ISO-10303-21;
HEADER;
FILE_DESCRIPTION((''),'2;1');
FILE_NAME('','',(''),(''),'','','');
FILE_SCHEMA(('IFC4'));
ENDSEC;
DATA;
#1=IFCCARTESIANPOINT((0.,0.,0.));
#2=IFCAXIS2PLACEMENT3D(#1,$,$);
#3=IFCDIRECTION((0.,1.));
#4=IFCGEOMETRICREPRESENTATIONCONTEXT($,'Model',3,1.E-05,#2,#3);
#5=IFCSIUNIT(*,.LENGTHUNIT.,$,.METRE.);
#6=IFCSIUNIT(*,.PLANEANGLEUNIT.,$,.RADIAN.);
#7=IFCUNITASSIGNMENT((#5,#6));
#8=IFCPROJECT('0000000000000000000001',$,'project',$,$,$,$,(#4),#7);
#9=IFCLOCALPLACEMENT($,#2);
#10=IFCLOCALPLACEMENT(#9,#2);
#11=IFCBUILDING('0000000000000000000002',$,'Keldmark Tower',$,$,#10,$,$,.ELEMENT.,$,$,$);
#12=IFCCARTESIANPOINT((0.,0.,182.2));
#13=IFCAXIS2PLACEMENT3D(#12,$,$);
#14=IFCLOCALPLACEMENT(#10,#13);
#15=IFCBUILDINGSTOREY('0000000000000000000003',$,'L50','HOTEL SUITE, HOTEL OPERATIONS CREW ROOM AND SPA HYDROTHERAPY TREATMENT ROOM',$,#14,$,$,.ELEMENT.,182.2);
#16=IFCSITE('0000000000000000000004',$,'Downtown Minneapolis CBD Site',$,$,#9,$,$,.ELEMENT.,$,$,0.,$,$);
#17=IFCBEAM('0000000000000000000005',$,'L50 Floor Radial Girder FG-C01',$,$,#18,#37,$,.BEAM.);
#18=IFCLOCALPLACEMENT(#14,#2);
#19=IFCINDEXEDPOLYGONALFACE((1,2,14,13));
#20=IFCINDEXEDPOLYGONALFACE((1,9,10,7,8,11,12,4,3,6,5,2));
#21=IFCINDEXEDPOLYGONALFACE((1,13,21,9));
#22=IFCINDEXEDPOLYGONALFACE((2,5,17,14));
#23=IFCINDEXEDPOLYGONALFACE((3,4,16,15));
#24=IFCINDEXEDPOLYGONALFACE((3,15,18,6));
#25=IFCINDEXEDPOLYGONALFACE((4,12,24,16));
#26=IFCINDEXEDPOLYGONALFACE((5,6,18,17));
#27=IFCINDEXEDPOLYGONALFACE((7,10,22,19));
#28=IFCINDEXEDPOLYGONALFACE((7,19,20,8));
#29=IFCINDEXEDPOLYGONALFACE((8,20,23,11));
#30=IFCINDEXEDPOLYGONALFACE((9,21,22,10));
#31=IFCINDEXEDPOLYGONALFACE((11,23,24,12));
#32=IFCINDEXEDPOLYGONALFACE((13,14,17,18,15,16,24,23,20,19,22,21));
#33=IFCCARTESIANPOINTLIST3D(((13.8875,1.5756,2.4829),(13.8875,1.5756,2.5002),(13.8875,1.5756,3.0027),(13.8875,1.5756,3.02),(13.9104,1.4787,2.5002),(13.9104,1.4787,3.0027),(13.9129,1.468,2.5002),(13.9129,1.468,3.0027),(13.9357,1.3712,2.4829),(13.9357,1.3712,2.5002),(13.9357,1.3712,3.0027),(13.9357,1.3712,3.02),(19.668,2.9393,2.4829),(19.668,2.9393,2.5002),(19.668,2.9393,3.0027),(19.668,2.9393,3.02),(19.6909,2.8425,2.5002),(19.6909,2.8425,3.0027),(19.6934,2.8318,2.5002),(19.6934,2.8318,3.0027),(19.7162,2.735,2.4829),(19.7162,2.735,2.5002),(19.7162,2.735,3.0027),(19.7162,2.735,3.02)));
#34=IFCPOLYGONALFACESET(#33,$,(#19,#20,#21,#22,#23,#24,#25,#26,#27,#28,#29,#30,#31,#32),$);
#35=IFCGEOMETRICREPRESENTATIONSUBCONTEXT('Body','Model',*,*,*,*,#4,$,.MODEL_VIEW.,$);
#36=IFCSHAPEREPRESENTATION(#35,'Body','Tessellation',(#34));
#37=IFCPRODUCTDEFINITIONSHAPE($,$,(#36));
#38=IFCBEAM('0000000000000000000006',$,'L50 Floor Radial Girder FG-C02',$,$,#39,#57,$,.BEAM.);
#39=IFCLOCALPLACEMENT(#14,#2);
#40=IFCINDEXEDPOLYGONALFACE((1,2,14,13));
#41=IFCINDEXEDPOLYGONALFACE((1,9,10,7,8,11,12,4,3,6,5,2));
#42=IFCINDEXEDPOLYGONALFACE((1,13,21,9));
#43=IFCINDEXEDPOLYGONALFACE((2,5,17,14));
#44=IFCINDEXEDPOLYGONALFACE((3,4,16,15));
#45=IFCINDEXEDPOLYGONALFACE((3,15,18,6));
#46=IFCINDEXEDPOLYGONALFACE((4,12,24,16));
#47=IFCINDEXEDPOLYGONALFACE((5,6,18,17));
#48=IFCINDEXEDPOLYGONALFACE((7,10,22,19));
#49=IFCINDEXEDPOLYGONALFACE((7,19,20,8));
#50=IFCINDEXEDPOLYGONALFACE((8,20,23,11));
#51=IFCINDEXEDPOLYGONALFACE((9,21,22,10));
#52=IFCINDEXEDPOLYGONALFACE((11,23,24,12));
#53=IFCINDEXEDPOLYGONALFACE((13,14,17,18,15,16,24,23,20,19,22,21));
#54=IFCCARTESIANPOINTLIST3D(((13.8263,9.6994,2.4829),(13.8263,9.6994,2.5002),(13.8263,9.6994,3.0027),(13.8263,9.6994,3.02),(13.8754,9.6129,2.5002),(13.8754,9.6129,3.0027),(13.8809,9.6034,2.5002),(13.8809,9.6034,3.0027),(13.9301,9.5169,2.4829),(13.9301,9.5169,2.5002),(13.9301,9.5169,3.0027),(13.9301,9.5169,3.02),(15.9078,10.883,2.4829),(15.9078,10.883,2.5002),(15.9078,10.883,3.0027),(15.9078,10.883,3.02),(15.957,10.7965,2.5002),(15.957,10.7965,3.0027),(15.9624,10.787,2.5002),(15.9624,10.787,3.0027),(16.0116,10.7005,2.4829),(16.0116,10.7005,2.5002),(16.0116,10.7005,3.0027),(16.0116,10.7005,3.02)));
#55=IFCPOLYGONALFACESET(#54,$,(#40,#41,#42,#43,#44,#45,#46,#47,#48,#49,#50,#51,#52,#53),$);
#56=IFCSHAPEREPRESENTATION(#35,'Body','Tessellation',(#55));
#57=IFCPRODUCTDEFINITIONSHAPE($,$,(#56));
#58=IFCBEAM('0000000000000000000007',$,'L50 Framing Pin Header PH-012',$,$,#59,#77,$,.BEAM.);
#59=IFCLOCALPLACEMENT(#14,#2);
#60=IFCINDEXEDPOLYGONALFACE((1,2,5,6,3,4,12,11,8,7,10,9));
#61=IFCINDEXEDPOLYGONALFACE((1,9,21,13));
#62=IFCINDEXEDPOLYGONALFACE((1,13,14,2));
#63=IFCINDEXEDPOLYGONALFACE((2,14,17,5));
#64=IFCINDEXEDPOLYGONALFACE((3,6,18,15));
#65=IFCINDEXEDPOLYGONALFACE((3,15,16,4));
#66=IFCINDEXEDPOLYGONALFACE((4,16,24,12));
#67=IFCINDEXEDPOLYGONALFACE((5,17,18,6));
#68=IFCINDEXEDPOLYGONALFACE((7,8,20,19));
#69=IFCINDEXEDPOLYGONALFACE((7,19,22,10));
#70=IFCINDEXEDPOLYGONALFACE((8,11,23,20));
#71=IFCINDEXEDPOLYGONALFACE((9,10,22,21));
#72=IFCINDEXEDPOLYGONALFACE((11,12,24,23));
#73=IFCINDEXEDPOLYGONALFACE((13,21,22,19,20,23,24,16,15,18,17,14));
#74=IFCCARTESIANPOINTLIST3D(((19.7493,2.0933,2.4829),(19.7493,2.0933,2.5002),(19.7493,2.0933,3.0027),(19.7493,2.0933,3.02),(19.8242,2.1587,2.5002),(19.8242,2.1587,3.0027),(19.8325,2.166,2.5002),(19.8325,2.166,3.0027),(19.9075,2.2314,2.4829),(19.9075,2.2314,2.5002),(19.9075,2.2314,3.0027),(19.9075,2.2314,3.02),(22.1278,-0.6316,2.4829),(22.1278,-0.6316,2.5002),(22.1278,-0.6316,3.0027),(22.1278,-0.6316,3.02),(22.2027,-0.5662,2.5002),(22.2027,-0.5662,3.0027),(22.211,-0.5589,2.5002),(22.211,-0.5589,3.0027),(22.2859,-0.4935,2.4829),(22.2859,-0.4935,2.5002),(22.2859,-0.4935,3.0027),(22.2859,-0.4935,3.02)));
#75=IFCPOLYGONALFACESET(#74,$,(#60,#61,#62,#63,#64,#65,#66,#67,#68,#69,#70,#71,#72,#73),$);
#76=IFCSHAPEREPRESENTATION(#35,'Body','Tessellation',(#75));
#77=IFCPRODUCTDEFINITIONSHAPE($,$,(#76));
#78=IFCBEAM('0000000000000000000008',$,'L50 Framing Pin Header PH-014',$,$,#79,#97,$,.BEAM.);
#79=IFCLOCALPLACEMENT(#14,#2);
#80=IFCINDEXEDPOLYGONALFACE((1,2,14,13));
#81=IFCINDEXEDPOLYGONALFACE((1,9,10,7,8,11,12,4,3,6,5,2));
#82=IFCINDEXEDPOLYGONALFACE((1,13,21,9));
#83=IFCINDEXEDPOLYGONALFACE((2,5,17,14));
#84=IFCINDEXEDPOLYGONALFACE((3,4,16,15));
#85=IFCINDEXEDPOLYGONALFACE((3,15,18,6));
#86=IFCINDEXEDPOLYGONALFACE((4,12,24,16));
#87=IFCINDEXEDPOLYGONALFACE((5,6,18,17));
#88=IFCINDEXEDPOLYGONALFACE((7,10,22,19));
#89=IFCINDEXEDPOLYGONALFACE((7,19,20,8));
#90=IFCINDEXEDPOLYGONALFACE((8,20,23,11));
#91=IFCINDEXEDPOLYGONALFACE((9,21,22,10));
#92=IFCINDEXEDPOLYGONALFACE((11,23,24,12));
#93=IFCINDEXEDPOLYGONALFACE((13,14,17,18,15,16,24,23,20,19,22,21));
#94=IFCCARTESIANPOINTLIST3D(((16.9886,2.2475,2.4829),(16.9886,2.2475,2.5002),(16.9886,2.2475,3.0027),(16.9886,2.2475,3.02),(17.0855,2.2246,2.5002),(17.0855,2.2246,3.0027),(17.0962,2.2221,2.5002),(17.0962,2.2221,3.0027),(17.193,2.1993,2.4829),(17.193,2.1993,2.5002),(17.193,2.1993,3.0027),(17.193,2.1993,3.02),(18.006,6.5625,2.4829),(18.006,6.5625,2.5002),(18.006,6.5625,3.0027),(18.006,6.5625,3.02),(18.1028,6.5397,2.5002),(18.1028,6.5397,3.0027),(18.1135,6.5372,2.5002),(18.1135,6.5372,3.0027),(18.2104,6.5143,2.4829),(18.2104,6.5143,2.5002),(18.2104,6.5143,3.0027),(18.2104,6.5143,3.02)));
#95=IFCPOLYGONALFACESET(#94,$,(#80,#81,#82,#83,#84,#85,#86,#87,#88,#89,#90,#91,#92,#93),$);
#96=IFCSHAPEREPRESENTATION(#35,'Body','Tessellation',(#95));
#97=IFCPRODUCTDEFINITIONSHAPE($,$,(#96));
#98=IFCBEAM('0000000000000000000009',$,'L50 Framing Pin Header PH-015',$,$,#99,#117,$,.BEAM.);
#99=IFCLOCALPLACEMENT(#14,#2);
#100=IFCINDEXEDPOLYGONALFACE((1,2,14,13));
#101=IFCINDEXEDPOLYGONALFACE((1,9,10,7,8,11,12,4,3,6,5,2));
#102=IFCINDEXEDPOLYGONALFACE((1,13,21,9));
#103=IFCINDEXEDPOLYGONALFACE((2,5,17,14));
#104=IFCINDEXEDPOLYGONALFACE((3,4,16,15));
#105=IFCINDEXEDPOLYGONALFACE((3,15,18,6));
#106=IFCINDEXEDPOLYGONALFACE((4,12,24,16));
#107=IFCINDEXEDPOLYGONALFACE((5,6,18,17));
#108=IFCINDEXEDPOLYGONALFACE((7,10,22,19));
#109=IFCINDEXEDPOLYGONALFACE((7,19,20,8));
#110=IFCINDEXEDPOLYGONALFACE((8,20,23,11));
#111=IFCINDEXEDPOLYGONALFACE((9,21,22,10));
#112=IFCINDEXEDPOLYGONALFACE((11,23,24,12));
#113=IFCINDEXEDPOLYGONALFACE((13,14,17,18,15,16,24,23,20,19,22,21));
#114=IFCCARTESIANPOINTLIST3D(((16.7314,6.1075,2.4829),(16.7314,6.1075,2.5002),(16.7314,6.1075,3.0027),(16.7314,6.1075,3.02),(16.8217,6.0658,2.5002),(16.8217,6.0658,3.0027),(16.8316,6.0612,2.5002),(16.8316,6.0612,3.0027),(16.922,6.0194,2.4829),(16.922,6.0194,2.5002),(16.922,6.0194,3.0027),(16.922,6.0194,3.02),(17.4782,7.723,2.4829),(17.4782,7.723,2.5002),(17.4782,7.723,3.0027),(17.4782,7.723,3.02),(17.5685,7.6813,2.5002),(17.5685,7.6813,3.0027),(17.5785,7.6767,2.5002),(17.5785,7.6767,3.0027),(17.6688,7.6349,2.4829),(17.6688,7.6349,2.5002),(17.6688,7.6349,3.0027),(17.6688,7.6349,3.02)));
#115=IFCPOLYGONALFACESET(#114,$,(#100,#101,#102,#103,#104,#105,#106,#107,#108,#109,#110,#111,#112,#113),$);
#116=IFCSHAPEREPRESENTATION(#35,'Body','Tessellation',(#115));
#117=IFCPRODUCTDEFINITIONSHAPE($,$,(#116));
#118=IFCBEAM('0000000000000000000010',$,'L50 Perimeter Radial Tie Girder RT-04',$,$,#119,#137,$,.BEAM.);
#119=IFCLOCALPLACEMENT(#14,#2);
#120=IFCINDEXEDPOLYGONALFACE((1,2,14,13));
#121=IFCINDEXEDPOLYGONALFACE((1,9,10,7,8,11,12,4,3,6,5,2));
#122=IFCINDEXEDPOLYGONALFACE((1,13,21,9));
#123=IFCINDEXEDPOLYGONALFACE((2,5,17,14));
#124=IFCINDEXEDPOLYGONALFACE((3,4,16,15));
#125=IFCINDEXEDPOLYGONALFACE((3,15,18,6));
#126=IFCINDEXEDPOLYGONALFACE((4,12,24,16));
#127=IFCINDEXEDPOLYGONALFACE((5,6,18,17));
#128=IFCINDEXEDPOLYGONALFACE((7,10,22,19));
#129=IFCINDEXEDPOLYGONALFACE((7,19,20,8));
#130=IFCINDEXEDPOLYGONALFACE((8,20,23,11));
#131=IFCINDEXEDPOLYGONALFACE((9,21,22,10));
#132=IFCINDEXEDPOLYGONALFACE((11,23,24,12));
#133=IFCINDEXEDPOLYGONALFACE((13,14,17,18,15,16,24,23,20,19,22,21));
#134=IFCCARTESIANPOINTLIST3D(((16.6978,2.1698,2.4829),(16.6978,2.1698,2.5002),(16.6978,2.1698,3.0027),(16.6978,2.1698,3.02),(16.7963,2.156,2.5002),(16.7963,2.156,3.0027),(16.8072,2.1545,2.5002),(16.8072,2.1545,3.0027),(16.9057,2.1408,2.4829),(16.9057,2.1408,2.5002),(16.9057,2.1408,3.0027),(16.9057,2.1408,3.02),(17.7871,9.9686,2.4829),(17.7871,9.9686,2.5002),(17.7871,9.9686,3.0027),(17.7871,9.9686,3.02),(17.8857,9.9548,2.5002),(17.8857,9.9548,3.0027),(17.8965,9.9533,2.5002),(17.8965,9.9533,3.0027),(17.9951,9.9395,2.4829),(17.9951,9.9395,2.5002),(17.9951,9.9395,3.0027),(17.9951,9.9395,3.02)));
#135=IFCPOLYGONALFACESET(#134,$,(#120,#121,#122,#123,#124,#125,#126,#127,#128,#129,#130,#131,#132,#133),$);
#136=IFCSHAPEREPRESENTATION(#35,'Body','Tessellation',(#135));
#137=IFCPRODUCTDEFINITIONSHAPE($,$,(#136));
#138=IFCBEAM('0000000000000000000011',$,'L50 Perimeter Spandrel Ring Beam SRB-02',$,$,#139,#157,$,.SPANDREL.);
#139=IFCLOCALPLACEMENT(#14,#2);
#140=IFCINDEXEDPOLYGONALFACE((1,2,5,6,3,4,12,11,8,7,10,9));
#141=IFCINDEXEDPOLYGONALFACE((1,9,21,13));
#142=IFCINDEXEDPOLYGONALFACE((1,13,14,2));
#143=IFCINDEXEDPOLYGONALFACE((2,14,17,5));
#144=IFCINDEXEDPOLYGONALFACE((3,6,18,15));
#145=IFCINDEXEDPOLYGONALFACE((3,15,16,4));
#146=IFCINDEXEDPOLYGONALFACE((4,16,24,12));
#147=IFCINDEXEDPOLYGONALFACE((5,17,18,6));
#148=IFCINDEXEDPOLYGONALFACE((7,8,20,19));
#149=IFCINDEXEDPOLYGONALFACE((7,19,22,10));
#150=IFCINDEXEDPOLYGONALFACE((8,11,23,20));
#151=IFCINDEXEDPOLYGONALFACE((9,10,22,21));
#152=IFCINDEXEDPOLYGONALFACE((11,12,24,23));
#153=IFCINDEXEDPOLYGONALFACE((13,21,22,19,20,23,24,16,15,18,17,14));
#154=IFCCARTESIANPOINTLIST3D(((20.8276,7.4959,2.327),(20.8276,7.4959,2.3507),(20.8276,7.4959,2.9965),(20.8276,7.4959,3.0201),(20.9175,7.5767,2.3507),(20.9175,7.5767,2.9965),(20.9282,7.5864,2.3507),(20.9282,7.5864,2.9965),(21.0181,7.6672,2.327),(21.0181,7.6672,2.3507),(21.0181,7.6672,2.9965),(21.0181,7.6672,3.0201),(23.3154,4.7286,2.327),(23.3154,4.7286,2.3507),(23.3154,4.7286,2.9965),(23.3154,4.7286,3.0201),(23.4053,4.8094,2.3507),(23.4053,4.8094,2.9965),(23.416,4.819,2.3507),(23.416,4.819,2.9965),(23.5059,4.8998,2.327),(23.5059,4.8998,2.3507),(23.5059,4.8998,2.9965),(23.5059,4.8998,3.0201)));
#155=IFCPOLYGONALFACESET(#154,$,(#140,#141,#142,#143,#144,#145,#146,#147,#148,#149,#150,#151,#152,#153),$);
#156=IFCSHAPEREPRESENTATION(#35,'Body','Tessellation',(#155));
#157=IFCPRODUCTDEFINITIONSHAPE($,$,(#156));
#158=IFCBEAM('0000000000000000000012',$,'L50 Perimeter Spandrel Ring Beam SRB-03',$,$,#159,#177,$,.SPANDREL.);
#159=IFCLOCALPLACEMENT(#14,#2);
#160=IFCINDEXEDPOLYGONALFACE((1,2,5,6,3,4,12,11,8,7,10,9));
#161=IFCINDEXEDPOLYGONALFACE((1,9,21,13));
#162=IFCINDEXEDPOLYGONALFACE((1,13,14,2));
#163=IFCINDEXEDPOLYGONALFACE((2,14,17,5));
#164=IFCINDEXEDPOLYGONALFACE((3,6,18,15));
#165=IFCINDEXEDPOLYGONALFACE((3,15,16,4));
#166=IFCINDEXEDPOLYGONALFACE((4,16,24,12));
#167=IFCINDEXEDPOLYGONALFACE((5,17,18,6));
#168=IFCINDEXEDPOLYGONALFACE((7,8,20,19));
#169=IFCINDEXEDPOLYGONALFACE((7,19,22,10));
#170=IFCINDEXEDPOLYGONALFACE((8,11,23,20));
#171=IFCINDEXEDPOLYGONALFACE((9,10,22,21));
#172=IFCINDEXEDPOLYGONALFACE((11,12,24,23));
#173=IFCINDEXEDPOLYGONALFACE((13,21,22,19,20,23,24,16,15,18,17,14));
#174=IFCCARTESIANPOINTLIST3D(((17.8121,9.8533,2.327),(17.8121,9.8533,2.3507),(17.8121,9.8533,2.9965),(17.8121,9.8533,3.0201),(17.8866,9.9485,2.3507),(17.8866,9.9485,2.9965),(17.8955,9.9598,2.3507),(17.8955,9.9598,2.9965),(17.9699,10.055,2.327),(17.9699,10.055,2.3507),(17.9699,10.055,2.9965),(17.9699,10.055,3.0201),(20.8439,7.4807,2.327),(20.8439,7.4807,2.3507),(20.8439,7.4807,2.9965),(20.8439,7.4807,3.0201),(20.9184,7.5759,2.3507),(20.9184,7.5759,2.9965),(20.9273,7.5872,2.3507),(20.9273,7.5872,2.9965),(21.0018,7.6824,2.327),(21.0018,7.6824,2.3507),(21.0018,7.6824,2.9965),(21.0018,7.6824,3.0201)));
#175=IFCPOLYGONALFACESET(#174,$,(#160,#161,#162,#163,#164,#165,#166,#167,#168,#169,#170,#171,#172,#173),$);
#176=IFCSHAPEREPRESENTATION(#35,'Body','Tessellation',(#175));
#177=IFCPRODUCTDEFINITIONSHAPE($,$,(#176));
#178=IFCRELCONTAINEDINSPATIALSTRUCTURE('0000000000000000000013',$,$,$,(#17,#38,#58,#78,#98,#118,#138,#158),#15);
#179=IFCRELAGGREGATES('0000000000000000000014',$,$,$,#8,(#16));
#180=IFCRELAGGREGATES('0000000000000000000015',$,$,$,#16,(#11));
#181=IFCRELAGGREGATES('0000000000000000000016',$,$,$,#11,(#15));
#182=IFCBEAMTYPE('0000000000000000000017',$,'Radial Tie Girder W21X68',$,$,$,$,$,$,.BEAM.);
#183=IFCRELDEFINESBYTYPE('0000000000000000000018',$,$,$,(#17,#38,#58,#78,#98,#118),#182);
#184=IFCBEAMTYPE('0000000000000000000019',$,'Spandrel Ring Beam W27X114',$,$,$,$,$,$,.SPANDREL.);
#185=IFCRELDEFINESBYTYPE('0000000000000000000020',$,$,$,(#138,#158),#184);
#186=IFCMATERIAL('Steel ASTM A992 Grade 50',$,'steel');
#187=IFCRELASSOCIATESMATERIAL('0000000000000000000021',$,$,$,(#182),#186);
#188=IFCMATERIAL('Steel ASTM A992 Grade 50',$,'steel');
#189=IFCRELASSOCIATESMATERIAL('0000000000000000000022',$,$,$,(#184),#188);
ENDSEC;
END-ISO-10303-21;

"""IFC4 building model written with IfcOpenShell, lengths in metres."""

from ifc_helpers import new_model, si_unit, direction, frame, origin, origin_2d, place, context, subcontext, project, spatial, i_section, extrude, material, material_profile, profile_set, type_object, element, save


model = new_model("IFC4")

# Units and contexts
model_context = context("Model", 3, precision=1e-05, world=origin(), true_north=direction((0.0, 1.0)))
body_context = subcontext(model_context, "Body", "Model", "MODEL_VIEW")
ifc_project = project(units=[si_unit("LENGTHUNIT", "METRE"), si_unit("PLANEANGLEUNIT", "RADIAN")], contexts=[model_context])

# Site, building, storey
site_placement = place(None, origin())
site = spatial("IfcSite", under=ifc_project, at=site_placement, Name="Downtown Minneapolis CBD Site", CompositionType="ELEMENT", RefElevation=0.0)
building_placement = place(site_placement, origin())
building = spatial("IfcBuilding", under=site, at=building_placement, Name="Keldmark Tower", CompositionType="ELEMENT")
storey_placement = place(building_placement, frame((0.0, 0.0, 182.2)))
storey = spatial("IfcBuildingStorey", under=building, at=storey_placement, Name="L50", Description="HOTEL SUITE, HOTEL OPERATIONS CREW ROOM AND SPA HYDROTHERAPY TREATMENT ROOM", CompositionType="ELEMENT", Elevation=182.2)

# Beams
ifc_material_1 = material(Name="Steel ASTM A992 Grade 50", Category="steel")
ifc_material_profile_1 = material_profile(ifc_material_1, i_section(OverallWidth=0.21, OverallDepth=0.5371, WebThickness=0.011, FlangeThickness=0.0173, at=origin_2d()), Name="W21X68")
ifc_profile_set_1 = profile_set([ifc_material_profile_1], Name="Steel ASTM A992 Grade 50")
beam_type_1 = type_object("IfcBeamType", Name="Radial Tie Girder W21X68", PredefinedType="BEAM", material=ifc_profile_set_1)
beam_1_placement = place(storey_placement, frame((19.6921, 2.8372, 2.7515), z_axis=(-0.97328, -0.229621, 0.0), x_axis=(0.229621, -0.97328, 0.0)))
element("IfcBeam", 1, at=beam_1_placement, inside=storey, type_object=beam_type_1, Name="L50 Floor Radial Girder FG-C01", PredefinedType="BEAM", context=body_context, shape_type="SweptSolid", body=[
    extrude(i_section(OverallWidth=0.21, OverallDepth=0.5371, WebThickness=0.011, FlangeThickness=0.0173, at=origin_2d()), origin(), (0.0, 0.0, 1.0), 5.9392),
])
beam_2_placement = place(storey_placement, frame((15.9597, 10.7917, 2.7515), z_axis=(-0.869295, -0.494293, 0.0), x_axis=(0.494293, -0.869295, 0.0)))
element("IfcBeam", 2, at=beam_2_placement, inside=storey, type_object=beam_type_1, Name="L50 Floor Radial Girder FG-C02", PredefinedType="BEAM", context=body_context, shape_type="SweptSolid", body=[
    extrude(i_section(OverallWidth=0.21, OverallDepth=0.5371, WebThickness=0.011, FlangeThickness=0.0173, at=origin_2d()), origin(), (0.0, 0.0, 1.0), 2.3945),
])
beam_3_placement = place(storey_placement, frame((19.8284, 2.1624, 2.7515), z_axis=(0.657591, -0.753375, 0.0), x_axis=(0.753375, 0.657591, 0.0)))
element("IfcBeam", 3, at=beam_3_placement, inside=storey, type_object=beam_type_1, Name="L50 Framing Pin Header PH-012", PredefinedType="BEAM", context=body_context, shape_type="SweptSolid", body=[
    extrude(i_section(OverallWidth=0.21, OverallDepth=0.5371, WebThickness=0.011, FlangeThickness=0.0173, at=origin_2d()), origin(), (0.0, 0.0, 1.0), 3.6169),
])
beam_4_placement = place(storey_placement, frame((17.0908, 2.2234, 2.7515), z_axis=(0.229478, 0.973314, 0.0), x_axis=(-0.973314, 0.229478, 0.0)))
element("IfcBeam", 4, at=beam_4_placement, inside=storey, type_object=beam_type_1, Name="L50 Framing Pin Header PH-014", PredefinedType="BEAM", context=body_context, shape_type="SweptSolid", body=[
    extrude(i_section(OverallWidth=0.21, OverallDepth=0.5371, WebThickness=0.011, FlangeThickness=0.0173, at=origin_2d()), origin(), (0.0, 0.0, 1.0), 4.4333),
])
beam_5_placement = place(storey_placement, frame((16.8267, 6.0635, 2.7515), z_axis=(0.419624, 0.907698, 0.0), x_axis=(-0.907698, 0.419624, 0.0)))
element("IfcBeam", 5, at=beam_5_placement, inside=storey, type_object=beam_type_1, Name="L50 Framing Pin Header PH-015", PredefinedType="BEAM", context=body_context, shape_type="SweptSolid", body=[
    extrude(i_section(OverallWidth=0.21, OverallDepth=0.5371, WebThickness=0.011, FlangeThickness=0.0173, at=origin_2d()), origin(), (0.0, 0.0, 1.0), 1.7798),
])
beam_6_placement = place(storey_placement, frame((16.8018, 2.1553, 2.7515), z_axis=(0.138339, 0.990385, 0.0), x_axis=(-0.990385, 0.138339, 0.0)))
element("IfcBeam", 6, at=beam_6_placement, inside=storey, type_object=beam_type_1, Name="L50 Perimeter Radial Tie Girder RT-04", PredefinedType="BEAM", context=body_context, shape_type="SweptSolid", body=[
    extrude(i_section(OverallWidth=0.21, OverallDepth=0.5371, WebThickness=0.011, FlangeThickness=0.0173, at=origin_2d()), origin(), (0.0, 0.0, 1.0), 7.8745),
])
ifc_material_2 = material(Name="Steel ASTM A992 Grade 50", Category="steel")
ifc_material_profile_2 = material_profile(ifc_material_2, i_section(OverallWidth=0.2561, OverallDepth=0.6931, WebThickness=0.0144, FlangeThickness=0.0237, at=origin_2d()), Name="W27X114")
ifc_profile_set_2 = profile_set([ifc_material_profile_2], Name="Steel ASTM A992 Grade 50")
beam_type_2 = type_object("IfcBeamType", Name="Spandrel Ring Beam W27X114", PredefinedType="SPANDREL", material=ifc_profile_set_2)
beam_7_placement = place(storey_placement, frame((23.4106, 4.8142, 2.6736), z_axis=(-0.668548, 0.743669, 0.0), x_axis=(-0.743669, -0.668548, 0.0)))
element("IfcBeam", 7, at=beam_7_placement, inside=storey, type_object=beam_type_2, Name="L50 Perimeter Spandrel Ring Beam SRB-02", PredefinedType="SPANDREL", context=body_context, shape_type="SweptSolid", body=[
    extrude(i_section(OverallWidth=0.2561, OverallDepth=0.6931, WebThickness=0.0144, FlangeThickness=0.0237, at=origin_2d()), origin(), (0.0, 0.0, 1.0), 3.7212),
])
beam_8_placement = place(storey_placement, frame((20.9229, 7.5815, 2.6736), z_axis=(-0.787518, 0.616291, 0.0), x_axis=(-0.616291, -0.787518, 0.0)))
element("IfcBeam", 8, at=beam_8_placement, inside=storey, type_object=beam_type_2, Name="L50 Perimeter Spandrel Ring Beam SRB-03", PredefinedType="SPANDREL", context=body_context, shape_type="SweptSolid", body=[
    extrude(i_section(OverallWidth=0.2561, OverallDepth=0.6931, WebThickness=0.0144, FlangeThickness=0.0237, at=origin_2d()), origin(), (0.0, 0.0, 1.0), 3.8499),
])

save(model, "model.ifc")
